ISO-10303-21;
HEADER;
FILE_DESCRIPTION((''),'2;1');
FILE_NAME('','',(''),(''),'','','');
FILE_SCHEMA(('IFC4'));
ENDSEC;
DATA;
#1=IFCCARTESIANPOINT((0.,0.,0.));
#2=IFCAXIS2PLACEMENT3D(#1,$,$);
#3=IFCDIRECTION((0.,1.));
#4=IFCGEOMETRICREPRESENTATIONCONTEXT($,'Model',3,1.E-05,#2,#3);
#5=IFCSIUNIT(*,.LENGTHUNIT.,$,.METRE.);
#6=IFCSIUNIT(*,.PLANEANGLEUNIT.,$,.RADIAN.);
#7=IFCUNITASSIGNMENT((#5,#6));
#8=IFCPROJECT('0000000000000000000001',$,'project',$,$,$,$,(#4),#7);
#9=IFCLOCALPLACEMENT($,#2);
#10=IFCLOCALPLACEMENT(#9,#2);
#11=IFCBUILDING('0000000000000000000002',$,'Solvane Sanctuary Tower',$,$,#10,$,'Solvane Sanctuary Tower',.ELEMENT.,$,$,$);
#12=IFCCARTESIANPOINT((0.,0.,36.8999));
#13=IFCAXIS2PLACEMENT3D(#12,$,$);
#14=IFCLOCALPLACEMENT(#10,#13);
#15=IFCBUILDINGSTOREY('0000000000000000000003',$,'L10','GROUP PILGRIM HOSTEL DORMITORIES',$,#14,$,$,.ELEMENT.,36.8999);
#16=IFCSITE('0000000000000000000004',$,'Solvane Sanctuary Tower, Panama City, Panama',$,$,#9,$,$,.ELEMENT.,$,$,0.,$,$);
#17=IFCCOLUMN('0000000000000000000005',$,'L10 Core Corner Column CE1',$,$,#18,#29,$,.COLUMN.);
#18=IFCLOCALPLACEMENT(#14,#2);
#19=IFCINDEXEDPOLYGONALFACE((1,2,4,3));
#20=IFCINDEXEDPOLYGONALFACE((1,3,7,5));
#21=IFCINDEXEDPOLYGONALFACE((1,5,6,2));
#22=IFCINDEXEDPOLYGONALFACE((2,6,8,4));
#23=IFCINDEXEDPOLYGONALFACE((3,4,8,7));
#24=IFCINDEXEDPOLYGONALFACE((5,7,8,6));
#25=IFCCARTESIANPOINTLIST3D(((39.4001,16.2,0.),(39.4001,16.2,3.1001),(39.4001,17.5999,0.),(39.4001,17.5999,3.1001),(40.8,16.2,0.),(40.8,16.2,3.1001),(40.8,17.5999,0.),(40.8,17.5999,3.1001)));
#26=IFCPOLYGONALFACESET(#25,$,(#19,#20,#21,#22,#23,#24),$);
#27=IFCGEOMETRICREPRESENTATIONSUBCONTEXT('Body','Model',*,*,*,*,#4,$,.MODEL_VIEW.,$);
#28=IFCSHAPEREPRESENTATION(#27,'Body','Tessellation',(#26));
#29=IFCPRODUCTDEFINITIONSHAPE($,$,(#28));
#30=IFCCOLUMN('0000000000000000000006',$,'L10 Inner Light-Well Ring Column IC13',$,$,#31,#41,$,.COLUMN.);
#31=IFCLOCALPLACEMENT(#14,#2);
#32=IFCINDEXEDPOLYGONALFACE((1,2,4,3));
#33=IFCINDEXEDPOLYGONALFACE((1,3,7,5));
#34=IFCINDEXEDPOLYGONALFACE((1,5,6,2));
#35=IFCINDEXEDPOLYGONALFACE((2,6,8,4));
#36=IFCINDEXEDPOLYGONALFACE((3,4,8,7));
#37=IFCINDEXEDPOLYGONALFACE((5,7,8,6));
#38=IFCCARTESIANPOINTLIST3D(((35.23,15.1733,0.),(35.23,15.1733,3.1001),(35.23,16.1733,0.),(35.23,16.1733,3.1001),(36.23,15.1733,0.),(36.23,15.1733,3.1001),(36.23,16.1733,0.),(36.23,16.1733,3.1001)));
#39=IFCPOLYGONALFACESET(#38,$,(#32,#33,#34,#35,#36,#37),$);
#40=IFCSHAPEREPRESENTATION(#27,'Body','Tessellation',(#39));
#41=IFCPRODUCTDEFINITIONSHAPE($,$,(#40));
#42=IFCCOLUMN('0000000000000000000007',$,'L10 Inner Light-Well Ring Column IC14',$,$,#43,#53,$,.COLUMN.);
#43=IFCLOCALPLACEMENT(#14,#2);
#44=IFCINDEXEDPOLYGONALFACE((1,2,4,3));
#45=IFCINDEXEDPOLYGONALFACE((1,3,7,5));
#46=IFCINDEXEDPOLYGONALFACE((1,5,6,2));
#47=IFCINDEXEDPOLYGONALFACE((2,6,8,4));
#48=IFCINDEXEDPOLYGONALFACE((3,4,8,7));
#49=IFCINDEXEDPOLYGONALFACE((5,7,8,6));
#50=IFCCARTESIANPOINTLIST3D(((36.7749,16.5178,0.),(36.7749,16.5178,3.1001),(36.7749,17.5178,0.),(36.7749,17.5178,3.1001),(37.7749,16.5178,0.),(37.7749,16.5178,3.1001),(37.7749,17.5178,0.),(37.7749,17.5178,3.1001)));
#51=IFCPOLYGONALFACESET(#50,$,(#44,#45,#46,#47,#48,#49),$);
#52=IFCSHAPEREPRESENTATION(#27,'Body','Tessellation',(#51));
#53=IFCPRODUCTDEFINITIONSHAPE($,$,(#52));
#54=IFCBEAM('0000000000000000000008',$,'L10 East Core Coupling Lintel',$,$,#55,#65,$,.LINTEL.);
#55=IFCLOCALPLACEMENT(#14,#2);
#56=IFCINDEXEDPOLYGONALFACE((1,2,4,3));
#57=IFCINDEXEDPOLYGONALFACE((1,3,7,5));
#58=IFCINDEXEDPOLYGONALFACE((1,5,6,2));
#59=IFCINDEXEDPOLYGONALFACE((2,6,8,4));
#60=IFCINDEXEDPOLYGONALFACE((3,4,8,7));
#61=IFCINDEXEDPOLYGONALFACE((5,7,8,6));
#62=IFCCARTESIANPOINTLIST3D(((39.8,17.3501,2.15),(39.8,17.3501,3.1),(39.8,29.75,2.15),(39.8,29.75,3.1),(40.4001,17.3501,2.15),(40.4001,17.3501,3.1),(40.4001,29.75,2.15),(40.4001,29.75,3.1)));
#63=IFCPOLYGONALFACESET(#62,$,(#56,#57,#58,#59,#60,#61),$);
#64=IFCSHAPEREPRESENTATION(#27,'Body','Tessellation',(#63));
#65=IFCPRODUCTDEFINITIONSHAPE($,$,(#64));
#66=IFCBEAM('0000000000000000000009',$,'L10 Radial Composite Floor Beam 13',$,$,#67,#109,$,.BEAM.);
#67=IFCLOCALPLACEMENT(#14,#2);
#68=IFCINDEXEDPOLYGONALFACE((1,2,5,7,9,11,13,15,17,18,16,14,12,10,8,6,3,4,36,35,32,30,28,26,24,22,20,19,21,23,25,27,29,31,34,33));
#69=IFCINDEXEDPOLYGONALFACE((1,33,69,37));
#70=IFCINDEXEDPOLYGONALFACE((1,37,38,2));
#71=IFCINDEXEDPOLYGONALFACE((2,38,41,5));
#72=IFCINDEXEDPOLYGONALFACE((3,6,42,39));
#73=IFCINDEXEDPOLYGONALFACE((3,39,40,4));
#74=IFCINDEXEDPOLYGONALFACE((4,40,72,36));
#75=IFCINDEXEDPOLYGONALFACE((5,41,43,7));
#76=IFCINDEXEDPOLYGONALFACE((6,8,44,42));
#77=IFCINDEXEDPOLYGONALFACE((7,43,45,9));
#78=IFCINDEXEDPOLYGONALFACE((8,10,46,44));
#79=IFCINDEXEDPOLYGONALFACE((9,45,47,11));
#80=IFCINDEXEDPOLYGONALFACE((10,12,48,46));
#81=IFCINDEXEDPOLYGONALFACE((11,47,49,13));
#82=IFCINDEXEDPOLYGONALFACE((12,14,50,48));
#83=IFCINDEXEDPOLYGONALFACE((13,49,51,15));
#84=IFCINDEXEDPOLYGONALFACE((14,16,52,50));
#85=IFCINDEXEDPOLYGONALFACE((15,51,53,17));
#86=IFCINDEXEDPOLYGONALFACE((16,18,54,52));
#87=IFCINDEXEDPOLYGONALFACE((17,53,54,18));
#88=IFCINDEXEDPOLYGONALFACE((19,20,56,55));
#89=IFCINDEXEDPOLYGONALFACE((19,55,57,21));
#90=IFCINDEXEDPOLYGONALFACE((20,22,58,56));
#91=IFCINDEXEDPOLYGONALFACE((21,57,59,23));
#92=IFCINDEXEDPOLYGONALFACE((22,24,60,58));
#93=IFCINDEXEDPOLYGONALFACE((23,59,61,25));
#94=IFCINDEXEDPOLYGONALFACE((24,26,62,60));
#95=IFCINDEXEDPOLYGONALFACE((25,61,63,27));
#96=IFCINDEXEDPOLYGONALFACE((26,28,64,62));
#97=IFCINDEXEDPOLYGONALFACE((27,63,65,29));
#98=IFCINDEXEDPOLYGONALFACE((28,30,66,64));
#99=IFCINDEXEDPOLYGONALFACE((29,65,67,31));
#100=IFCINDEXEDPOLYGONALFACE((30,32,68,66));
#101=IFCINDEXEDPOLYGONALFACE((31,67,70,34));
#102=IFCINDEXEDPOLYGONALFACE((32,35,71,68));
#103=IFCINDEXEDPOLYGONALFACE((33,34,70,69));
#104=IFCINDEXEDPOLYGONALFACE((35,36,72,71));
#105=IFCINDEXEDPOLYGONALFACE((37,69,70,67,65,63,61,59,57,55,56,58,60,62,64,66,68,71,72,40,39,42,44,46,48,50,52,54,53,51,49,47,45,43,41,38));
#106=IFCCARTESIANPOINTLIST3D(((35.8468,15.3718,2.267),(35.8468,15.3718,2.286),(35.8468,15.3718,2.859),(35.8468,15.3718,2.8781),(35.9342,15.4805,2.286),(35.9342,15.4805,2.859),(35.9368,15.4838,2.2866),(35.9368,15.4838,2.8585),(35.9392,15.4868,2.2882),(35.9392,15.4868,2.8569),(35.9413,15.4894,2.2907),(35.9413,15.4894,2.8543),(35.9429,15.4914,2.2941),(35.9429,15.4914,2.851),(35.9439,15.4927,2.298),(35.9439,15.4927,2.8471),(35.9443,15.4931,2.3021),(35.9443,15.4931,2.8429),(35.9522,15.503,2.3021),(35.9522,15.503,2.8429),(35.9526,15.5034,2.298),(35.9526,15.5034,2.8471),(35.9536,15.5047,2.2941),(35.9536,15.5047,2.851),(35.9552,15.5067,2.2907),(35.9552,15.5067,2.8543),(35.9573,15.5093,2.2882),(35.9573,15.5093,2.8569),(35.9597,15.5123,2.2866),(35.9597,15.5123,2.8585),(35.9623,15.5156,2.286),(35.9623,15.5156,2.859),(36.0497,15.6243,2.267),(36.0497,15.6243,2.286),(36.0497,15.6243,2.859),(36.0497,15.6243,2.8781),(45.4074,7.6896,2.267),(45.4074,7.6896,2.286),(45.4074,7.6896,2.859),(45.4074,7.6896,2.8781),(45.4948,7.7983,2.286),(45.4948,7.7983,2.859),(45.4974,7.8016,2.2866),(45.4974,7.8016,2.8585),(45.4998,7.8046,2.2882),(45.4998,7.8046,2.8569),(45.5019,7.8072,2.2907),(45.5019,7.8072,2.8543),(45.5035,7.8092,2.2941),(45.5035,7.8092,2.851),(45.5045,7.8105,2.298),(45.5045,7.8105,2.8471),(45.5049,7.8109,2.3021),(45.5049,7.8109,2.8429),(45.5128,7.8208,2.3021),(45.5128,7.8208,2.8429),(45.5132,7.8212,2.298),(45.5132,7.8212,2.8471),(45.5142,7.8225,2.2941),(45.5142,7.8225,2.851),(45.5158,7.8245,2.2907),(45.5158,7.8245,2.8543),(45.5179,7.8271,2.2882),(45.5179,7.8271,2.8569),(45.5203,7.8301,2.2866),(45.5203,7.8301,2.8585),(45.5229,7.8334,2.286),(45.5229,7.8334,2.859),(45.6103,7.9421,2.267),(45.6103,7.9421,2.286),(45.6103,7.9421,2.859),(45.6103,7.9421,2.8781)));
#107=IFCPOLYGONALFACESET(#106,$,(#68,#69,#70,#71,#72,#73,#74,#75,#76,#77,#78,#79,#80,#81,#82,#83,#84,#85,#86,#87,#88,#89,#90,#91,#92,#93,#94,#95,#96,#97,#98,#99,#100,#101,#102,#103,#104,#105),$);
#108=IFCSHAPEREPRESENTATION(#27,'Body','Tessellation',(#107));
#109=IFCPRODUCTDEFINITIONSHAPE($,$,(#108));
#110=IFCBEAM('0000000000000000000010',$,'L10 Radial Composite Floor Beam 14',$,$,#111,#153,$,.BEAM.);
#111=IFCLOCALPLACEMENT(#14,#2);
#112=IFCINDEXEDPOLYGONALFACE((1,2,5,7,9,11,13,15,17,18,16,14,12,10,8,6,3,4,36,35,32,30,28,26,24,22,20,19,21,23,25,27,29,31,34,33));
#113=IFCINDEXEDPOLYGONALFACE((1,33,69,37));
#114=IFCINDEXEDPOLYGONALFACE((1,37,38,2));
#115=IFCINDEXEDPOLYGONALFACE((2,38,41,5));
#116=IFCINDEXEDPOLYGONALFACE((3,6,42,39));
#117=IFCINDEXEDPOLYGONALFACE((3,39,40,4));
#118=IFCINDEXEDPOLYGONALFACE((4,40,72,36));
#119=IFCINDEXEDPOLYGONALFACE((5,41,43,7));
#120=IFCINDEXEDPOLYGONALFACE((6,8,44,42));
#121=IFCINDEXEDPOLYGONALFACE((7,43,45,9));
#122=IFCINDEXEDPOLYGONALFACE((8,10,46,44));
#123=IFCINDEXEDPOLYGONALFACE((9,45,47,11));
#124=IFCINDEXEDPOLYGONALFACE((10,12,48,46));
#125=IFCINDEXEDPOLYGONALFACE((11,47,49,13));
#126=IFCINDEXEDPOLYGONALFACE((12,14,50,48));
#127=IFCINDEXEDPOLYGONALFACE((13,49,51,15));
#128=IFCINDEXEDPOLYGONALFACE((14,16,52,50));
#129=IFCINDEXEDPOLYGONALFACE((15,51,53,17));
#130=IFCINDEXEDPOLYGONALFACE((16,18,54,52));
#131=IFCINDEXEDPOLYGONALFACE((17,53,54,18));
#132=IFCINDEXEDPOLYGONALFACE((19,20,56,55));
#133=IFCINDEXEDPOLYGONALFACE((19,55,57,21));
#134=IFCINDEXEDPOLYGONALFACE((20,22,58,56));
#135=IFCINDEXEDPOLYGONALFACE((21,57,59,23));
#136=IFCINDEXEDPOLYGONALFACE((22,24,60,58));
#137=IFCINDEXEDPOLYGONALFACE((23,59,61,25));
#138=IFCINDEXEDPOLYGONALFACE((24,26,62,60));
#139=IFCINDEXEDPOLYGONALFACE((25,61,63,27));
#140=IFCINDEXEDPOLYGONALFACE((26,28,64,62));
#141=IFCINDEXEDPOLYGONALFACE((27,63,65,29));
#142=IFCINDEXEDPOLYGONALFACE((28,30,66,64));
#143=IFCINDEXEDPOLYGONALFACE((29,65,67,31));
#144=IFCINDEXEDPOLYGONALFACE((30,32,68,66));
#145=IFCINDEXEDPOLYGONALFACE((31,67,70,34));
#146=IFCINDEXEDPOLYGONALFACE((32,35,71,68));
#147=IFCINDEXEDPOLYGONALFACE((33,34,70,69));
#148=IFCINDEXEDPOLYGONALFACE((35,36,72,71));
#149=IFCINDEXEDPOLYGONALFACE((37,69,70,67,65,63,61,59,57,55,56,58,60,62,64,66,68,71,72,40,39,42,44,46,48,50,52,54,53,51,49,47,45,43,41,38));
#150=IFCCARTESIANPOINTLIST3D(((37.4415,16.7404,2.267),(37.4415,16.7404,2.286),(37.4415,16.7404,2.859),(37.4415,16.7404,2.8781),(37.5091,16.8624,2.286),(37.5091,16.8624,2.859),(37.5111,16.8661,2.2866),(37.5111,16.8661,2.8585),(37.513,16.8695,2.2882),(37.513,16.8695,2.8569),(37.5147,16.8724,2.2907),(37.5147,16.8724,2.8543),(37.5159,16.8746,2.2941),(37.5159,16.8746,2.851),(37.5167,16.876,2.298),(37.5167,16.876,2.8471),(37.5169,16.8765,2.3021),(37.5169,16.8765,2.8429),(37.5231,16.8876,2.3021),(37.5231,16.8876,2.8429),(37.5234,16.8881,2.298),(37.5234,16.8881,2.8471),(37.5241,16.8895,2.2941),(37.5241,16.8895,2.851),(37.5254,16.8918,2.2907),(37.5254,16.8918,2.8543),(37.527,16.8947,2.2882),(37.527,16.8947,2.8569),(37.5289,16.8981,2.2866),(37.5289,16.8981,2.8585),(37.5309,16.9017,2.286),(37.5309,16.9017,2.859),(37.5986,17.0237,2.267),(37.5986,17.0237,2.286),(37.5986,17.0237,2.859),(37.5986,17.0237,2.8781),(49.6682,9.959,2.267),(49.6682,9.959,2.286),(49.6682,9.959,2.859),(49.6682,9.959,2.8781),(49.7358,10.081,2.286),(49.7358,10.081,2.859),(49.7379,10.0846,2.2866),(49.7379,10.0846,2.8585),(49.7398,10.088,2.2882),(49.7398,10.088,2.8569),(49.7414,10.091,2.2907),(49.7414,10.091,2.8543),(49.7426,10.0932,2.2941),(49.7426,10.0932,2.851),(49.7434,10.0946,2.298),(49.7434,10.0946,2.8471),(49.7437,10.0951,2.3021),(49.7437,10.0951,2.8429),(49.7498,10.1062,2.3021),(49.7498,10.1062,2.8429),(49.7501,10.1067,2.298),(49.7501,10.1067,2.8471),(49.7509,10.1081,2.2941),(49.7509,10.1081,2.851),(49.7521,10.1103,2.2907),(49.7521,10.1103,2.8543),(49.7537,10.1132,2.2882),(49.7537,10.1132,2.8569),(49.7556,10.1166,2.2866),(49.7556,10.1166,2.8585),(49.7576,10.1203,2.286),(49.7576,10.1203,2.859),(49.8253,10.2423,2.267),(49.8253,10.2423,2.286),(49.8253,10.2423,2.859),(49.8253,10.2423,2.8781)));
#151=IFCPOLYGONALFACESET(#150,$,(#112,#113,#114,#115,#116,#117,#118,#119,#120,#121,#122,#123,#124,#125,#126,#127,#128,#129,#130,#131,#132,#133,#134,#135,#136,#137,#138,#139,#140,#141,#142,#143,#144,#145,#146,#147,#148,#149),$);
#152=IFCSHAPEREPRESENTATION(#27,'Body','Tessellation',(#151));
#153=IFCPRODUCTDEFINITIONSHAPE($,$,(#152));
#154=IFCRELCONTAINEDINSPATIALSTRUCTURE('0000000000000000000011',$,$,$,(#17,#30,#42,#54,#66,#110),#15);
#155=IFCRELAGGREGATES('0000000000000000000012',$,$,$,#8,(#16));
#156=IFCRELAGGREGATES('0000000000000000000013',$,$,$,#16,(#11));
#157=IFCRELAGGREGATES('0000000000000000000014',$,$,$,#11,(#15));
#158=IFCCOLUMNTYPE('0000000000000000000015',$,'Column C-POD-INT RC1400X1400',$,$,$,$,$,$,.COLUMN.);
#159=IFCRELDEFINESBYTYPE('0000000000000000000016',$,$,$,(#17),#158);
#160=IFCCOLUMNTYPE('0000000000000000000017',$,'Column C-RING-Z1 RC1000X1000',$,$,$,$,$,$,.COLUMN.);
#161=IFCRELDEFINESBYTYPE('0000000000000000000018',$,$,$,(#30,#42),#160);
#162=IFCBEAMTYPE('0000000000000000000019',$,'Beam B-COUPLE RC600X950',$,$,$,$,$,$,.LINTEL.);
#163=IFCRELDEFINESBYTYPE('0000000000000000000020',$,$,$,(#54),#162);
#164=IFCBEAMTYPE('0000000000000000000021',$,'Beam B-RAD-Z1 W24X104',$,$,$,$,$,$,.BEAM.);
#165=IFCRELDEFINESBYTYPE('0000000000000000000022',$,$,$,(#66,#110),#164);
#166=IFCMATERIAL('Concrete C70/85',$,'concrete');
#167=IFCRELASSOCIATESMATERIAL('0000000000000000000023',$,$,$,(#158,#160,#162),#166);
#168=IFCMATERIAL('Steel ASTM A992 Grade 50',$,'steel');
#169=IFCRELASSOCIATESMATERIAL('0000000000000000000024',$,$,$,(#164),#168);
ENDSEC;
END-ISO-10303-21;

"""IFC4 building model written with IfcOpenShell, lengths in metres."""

from ifc_helpers import new_model, si_unit, direction, frame, origin, origin_2d, place, context, subcontext, project, spatial, rectangle, i_section, extrude, material, material_profile, profile_set, type_object, element, save


model = new_model("IFC4")

# Units and contexts
model_context = context("Model", 3, precision=1e-05, world=origin(), true_north=direction((0.0, 1.0)))
body_context = subcontext(model_context, "Body", "Model", "MODEL_VIEW")
ifc_project = project(units=[si_unit("LENGTHUNIT", "METRE"), si_unit("PLANEANGLEUNIT", "RADIAN")], contexts=[model_context])

# Site, building, storey
site_placement = place(None, origin())
site = spatial("IfcSite", under=ifc_project, at=site_placement, Name="Solvane Sanctuary Tower, Panama City, Panama", CompositionType="ELEMENT", RefElevation=0.0)
building_placement = place(site_placement, origin())
building = spatial("IfcBuilding", under=site, at=building_placement, Name="Solvane Sanctuary Tower", LongName="Solvane Sanctuary Tower", CompositionType="ELEMENT")
storey_placement = place(building_placement, frame((0.0, 0.0, 36.8999)))
storey = spatial("IfcBuildingStorey", under=building, at=storey_placement, Name="L10", Description="GROUP PILGRIM HOSTEL DORMITORIES", CompositionType="ELEMENT", Elevation=36.8999)

# Columns
ifc_material_1 = material(Name="Concrete C70/85", Category="concrete")
ifc_material_profile_1 = material_profile(ifc_material_1, rectangle(XDim=1.3999, YDim=1.3999, at=origin_2d()), Name="RC1400X1400")
ifc_profile_set_1 = profile_set([ifc_material_profile_1], Name="Concrete C70/85")
column_type_1 = type_object("IfcColumnType", Name="Column C-POD-INT RC1400X1400", PredefinedType="COLUMN", material=ifc_profile_set_1)
column_placement = place(storey_placement, frame((40.1001, 16.8999, 0.0), z_axis=(0.0, 0.0, 1.0), x_axis=(1.0, 0.0, 0.0)))
element("IfcColumn", 1, at=column_placement, inside=storey, type_object=column_type_1, Name="L10 Core Corner Column CE1", PredefinedType="COLUMN", context=body_context, shape_type="SweptSolid", body=[
    extrude(rectangle(XDim=1.3999, YDim=1.3999, at=origin_2d()), origin(), (0.0, 0.0, 1.0), 3.1001),
])
ifc_material_profile_2 = material_profile(ifc_material_1, rectangle(XDim=1.0, YDim=1.0, at=origin_2d()), Name="RC1000X1000")
ifc_profile_set_2 = profile_set([ifc_material_profile_2], Name="Concrete C70/85")
column_type_2 = type_object("IfcColumnType", Name="Column C-RING-Z1 RC1000X1000", PredefinedType="COLUMN", material=ifc_profile_set_2)
for number, where, z_axis, x_axis, name in (
    (2, (35.73, 15.6733, 0.0), (0.0, 0.0, 1.0), (1.0, 0.0, 0.0), "L10 Inner Light-Well Ring Column IC13"),
    (3, (37.2749, 17.0178, 0.0), (0.0, 0.0, 1.0), (1.0, 0.0, 0.0), "L10 Inner Light-Well Ring Column IC14"),
):
    element("IfcColumn", number, at=place(storey_placement, frame(where, z_axis=z_axis, x_axis=x_axis)), inside=storey, type_object=column_type_2, Name=name, PredefinedType="COLUMN", context=body_context, shape_type="SweptSolid", body=[
        extrude(rectangle(XDim=1.0, YDim=1.0, at=origin_2d()), origin(), (0.0, 0.0, 1.0), 3.1001),
    ])

# Beams
ifc_material_profile_3 = material_profile(ifc_material_1, rectangle(XDim=0.6001, YDim=0.95, at=origin_2d()), Name="RC600X950")
ifc_profile_set_3 = profile_set([ifc_material_profile_3], Name="Concrete C70/85")
beam_type_1 = type_object("IfcBeamType", Name="Beam B-COUPLE RC600X950", PredefinedType="LINTEL", material=ifc_profile_set_3)
beam_1_placement = place(storey_placement, frame((40.1001, 17.3501, 2.625), z_axis=(0.0, 1.0, 0.0), x_axis=(-1.0, 0.0, 0.0)))
element("IfcBeam", 4, at=beam_1_placement, inside=storey, type_object=beam_type_1, Name="L10 East Core Coupling Lintel", PredefinedType="LINTEL", context=body_context, shape_type="SweptSolid", body=[
    extrude(rectangle(XDim=0.6001, YDim=0.95, at=origin_2d()), origin(), (0.0, 0.0, 1.0), 12.3999),
])
ifc_material_2 = material(Name="Steel ASTM A992 Grade 50", Category="steel")
ifc_material_profile_4 = material_profile(ifc_material_2, i_section(OverallWidth=0.324, OverallDepth=0.6111, WebThickness=0.0127, FlangeThickness=0.019, FilletRadius=0.0161, at=origin_2d()), Name="W24X104")
ifc_profile_set_4 = profile_set([ifc_material_profile_4], Name="Steel ASTM A992 Grade 50")
beam_type_2 = type_object("IfcBeamType", Name="Beam B-RAD-Z1 W24X104", PredefinedType="BEAM", material=ifc_profile_set_4)
beam_2_placement = place(storey_placement, frame((35.9482, 15.498, 2.5725), z_axis=(0.779527, -0.626369, 0.0), x_axis=(0.626369, 0.779527, 0.0)))
element("IfcBeam", 5, at=beam_2_placement, inside=storey, type_object=beam_type_2, Name="L10 Radial Composite Floor Beam 13", PredefinedType="BEAM", context=body_context, shape_type="SweptSolid", body=[
    extrude(i_section(OverallWidth=0.324, OverallDepth=0.6111, WebThickness=0.0127, FlangeThickness=0.019, FilletRadius=0.0161, at=origin_2d()), origin(), (0.0, 0.0, 1.0), 12.2646),
])
beam_3_placement = place(storey_placement, frame((37.52, 16.8821, 2.5725), z_axis=(0.874496, -0.485032, 0.0), x_axis=(0.485032, 0.874496, 0.0)))
element("IfcBeam", 6, at=beam_3_placement, inside=storey, type_object=beam_type_2, Name="L10 Radial Composite Floor Beam 14", PredefinedType="BEAM", context=body_context, shape_type="SweptSolid", body=[
    extrude(i_section(OverallWidth=0.324, OverallDepth=0.6111, WebThickness=0.0127, FlangeThickness=0.019, FilletRadius=0.0161, at=origin_2d()), origin(), (0.0, 0.0, 1.0), 13.9814),
])

save(model, "model.ifc")
